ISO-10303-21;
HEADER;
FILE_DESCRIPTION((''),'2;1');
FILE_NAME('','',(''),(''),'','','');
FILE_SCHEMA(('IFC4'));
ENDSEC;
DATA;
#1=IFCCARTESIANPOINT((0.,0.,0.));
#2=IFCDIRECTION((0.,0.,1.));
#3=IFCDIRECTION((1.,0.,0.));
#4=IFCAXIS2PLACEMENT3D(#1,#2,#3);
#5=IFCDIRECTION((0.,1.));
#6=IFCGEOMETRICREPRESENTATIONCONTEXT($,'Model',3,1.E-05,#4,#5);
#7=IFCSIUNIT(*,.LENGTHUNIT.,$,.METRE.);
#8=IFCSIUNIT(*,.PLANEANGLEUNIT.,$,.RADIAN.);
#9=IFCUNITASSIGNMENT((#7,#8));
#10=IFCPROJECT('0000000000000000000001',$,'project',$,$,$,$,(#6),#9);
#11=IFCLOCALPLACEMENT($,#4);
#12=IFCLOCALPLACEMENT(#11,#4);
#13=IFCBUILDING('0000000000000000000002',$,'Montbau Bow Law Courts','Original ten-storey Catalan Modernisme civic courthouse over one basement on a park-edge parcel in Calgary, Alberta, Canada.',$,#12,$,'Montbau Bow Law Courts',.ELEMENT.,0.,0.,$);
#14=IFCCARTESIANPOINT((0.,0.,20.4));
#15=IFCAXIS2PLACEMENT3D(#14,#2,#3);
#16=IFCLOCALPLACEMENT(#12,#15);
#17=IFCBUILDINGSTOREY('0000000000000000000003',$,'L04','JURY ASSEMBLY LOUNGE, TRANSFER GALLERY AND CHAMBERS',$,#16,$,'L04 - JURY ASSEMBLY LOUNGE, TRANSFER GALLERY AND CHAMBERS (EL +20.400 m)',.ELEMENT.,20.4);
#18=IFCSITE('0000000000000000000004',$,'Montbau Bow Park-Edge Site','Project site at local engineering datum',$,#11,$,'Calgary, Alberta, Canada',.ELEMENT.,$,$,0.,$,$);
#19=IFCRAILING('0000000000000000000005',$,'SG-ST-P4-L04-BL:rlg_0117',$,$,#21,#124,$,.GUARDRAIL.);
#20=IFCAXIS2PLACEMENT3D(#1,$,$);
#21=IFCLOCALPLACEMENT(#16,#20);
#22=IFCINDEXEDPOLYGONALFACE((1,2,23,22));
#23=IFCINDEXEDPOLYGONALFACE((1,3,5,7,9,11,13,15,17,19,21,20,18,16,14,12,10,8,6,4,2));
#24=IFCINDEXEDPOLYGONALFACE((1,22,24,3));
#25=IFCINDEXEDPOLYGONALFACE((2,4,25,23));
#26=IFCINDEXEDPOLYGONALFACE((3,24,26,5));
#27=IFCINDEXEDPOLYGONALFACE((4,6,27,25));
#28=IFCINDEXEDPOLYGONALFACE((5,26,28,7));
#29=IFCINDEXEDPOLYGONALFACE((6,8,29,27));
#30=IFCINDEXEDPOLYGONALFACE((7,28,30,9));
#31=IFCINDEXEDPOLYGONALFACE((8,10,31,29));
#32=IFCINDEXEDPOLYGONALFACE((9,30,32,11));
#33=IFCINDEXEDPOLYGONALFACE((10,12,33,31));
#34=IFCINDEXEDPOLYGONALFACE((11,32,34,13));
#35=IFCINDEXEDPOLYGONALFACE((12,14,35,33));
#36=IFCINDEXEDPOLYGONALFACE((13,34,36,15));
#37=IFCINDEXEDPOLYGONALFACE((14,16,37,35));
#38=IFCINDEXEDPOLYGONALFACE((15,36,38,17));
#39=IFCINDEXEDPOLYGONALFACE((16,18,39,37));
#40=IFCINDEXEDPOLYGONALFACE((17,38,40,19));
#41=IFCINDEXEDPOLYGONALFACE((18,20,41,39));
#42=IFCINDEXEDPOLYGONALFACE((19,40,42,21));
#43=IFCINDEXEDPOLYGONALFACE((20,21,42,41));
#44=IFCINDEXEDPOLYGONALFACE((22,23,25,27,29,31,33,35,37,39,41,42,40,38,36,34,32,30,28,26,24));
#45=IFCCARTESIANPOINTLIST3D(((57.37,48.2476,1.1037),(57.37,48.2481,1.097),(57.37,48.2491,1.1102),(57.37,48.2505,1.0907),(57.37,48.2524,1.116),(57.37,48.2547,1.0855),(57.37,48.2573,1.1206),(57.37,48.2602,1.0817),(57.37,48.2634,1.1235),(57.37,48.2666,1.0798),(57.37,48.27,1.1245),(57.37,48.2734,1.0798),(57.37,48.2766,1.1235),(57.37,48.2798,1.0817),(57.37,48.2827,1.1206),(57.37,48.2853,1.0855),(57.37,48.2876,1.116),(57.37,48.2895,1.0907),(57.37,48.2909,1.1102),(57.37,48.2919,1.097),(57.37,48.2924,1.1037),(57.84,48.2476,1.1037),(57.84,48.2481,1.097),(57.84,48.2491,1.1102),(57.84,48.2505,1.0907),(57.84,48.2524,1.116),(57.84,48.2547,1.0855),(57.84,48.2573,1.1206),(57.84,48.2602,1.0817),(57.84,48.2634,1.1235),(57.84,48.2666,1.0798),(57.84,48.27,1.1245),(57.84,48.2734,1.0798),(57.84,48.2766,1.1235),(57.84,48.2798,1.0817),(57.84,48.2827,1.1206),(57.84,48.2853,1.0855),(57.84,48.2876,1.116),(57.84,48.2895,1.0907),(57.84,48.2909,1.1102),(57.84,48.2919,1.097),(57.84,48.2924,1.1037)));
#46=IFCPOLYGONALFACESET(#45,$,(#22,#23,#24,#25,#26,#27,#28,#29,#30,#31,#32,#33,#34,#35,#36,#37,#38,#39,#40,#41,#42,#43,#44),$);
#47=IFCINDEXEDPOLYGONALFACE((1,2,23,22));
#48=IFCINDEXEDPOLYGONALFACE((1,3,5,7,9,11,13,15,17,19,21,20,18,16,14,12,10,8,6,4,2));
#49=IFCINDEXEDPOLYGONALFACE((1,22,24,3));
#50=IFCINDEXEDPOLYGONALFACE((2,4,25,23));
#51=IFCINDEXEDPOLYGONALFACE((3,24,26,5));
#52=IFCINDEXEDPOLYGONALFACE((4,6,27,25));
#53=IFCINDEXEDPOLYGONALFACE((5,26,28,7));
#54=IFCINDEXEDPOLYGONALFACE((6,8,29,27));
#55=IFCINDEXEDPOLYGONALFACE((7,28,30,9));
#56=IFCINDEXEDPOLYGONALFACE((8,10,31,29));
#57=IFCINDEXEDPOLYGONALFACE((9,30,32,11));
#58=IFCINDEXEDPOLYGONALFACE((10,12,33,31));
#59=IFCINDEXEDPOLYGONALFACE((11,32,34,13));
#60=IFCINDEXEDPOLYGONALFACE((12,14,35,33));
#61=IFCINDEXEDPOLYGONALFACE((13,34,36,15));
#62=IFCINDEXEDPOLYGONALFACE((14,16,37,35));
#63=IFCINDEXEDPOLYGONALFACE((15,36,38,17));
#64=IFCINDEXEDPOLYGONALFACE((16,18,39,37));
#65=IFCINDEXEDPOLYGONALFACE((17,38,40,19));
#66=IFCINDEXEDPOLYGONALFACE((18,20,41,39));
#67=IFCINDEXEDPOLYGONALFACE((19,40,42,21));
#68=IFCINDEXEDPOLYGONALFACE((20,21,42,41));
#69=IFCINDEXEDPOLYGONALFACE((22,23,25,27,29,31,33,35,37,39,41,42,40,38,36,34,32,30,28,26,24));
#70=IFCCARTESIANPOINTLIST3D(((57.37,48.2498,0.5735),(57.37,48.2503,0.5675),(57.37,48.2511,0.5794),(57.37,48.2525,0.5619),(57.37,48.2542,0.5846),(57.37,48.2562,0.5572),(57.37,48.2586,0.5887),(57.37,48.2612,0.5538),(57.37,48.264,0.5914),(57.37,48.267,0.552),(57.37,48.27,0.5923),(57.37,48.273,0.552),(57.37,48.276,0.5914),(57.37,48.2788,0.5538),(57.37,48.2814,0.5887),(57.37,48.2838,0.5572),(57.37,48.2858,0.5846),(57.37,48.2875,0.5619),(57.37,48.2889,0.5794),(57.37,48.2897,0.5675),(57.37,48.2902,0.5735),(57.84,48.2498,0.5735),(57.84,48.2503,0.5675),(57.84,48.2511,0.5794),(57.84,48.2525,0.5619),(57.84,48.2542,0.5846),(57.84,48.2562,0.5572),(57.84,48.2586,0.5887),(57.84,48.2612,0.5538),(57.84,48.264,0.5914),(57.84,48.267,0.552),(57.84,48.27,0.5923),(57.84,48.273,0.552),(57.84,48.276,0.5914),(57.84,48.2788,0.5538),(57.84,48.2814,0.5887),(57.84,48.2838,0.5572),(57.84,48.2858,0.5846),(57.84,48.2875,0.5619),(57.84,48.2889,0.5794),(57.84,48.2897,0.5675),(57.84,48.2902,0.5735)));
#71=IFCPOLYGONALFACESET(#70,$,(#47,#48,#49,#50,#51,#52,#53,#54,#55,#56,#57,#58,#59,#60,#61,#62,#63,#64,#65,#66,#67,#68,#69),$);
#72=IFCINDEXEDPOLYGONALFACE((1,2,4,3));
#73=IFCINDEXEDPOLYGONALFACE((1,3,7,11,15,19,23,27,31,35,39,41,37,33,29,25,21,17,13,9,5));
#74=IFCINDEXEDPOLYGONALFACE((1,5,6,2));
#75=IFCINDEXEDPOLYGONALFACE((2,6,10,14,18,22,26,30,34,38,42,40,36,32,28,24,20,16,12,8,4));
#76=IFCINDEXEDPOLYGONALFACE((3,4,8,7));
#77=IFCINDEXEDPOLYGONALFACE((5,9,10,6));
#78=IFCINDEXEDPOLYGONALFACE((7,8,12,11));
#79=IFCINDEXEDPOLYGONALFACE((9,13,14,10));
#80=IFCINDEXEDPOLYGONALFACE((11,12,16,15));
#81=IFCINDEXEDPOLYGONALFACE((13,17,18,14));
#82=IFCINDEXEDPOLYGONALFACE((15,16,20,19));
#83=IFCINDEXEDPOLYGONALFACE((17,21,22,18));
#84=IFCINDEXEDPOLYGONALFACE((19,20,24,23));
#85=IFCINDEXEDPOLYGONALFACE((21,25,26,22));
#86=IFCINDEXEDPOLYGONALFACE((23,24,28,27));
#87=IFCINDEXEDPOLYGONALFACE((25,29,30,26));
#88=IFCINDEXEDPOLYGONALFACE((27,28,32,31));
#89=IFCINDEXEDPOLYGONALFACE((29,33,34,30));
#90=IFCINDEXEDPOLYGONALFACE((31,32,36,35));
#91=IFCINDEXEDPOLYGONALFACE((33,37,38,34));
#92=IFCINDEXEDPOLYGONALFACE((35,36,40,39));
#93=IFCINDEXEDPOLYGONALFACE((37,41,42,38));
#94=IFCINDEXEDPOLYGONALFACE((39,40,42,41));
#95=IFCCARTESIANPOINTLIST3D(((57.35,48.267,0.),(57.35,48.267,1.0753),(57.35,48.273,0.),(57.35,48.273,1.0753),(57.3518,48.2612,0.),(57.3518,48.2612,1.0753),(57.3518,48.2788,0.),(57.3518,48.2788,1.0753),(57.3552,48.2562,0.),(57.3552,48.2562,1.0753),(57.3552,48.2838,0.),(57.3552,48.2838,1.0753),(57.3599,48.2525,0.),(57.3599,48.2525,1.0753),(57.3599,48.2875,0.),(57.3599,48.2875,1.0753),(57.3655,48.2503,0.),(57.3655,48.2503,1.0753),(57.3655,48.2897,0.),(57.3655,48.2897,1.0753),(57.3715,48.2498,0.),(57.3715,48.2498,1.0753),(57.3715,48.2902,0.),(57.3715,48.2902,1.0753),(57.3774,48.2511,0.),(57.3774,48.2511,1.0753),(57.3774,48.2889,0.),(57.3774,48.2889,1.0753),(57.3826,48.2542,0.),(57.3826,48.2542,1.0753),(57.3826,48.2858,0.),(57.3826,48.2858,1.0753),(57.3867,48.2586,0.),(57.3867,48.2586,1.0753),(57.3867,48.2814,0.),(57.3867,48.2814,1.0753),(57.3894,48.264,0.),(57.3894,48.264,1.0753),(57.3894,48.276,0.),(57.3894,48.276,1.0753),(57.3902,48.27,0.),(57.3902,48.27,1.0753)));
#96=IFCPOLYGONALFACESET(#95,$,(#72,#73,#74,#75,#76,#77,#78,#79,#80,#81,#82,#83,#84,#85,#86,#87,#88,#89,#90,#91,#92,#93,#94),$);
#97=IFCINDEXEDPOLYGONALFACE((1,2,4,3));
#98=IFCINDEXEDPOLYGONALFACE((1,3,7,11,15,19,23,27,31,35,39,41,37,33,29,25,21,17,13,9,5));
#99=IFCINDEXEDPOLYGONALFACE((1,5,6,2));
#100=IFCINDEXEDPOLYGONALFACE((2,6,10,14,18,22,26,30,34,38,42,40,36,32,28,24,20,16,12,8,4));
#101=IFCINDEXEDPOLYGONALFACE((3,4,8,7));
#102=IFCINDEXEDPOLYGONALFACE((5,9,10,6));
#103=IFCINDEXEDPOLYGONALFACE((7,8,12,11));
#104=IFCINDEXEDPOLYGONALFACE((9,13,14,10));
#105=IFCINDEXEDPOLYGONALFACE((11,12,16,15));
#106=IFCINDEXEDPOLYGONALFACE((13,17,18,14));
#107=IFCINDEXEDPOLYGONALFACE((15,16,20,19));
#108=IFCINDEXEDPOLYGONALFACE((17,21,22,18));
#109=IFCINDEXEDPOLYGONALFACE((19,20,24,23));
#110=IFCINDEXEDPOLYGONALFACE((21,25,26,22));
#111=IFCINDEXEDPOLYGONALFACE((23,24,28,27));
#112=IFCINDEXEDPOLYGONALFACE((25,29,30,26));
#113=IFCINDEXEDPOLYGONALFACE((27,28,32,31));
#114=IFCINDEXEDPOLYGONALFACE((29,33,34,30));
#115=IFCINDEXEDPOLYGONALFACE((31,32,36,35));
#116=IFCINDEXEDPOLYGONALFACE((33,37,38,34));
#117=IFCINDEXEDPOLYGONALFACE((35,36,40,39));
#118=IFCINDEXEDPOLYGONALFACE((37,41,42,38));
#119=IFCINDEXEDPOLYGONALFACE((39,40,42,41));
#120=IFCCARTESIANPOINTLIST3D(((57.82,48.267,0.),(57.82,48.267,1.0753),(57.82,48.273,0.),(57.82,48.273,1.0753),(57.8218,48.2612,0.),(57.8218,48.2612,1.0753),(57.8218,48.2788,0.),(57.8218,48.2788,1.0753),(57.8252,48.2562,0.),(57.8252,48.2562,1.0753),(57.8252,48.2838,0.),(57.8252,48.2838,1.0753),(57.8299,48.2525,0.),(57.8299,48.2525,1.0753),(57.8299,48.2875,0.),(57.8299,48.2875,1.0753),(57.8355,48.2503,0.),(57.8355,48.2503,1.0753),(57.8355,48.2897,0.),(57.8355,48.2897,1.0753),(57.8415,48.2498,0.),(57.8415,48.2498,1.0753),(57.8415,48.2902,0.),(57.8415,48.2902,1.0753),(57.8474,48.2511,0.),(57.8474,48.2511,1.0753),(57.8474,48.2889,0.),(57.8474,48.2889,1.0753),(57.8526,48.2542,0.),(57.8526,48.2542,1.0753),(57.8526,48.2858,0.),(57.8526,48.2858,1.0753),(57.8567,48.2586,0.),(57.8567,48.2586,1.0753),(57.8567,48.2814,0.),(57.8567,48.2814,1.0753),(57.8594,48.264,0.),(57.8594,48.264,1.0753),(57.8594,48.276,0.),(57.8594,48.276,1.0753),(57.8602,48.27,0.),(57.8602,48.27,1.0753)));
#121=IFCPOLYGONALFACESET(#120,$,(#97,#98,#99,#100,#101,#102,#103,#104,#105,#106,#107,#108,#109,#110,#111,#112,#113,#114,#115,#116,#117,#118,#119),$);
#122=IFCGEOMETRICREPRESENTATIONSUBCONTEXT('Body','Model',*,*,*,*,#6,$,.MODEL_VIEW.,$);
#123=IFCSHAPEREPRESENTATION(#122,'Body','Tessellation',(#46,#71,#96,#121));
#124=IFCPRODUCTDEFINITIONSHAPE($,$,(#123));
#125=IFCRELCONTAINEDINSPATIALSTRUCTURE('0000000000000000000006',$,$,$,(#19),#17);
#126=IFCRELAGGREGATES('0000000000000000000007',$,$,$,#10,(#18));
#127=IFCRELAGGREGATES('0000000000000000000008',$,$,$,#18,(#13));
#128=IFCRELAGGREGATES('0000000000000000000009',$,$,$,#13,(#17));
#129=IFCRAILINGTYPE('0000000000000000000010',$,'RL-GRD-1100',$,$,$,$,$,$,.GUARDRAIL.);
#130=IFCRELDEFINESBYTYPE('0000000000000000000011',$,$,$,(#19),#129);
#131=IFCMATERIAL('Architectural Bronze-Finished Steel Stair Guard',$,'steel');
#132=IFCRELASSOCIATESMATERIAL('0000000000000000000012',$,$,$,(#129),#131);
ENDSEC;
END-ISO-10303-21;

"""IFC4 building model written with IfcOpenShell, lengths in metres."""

from ifc_helpers import new_model, si_unit, direction, frame, origin_with_axes, origin_2d_with_axis, place, context, subcontext, project, spatial, circle, extrude, material, type_object, element, save


model = new_model("IFC4")

# Units and contexts
model_context = context("Model", 3, precision=1e-05, world=origin_with_axes(), true_north=direction((0.0, 1.0)))
body_context = subcontext(model_context, "Body", "Model", "MODEL_VIEW")
ifc_project = project(units=[si_unit("LENGTHUNIT", "METRE"), si_unit("PLANEANGLEUNIT", "RADIAN")], contexts=[model_context])

# Site, building, storey
site_placement = place(None, origin_with_axes())
site = spatial("IfcSite", under=ifc_project, at=site_placement, Name="Montbau Bow Park-Edge Site", Description="Project site at local engineering datum", LongName="Calgary, Alberta, Canada", CompositionType="ELEMENT", RefElevation=0.0)
building_placement = place(site_placement, origin_with_axes())
building = spatial("IfcBuilding", under=site, at=building_placement, Name="Montbau Bow Law Courts", Description="Original ten-storey Catalan Modernisme civic courthouse over one basement on a park-edge parcel in Calgary, Alberta, Canada.", LongName="Montbau Bow Law Courts", CompositionType="ELEMENT", ElevationOfRefHeight=0.0, ElevationOfTerrain=0.0)
storey_placement = place(building_placement, frame((0.0, 0.0, 20.4), z_axis=(0.0, 0.0, 1.0), x_axis=(1.0, 0.0, 0.0)))
storey = spatial("IfcBuildingStorey", under=building, at=storey_placement, Name="L04", Description="JURY ASSEMBLY LOUNGE, TRANSFER GALLERY AND CHAMBERS", LongName="L04 - JURY ASSEMBLY LOUNGE, TRANSFER GALLERY AND CHAMBERS (EL +20.400 m)", CompositionType="ELEMENT", Elevation=20.4)

# Railing
ifc_material_1 = material(Name="Architectural Bronze-Finished Steel Stair Guard", Category="steel")
railing_type_1 = type_object("IfcRailingType", Name="RL-GRD-1100", PredefinedType="GUARDRAIL", material=ifc_material_1)
railing_1_placement = place(None, origin_with_axes())
element("IfcRailing", 1, at=railing_1_placement, inside=storey, type_object=railing_type_1, Name="SG-ST-P4-L04-BL:rlg_0117", PredefinedType="GUARDRAIL", context=body_context, shape_type="SweptSolid", body=[
    extrude(circle(Radius=0.0225, at=origin_2d_with_axis()), frame((57.37, 48.27, 21.502), z_axis=(1.0, 0.0, 0.0), x_axis=(0.0, 0.0, 1.0)), (0.0, 0.0, 1.0), 0.47),
    extrude(circle(Radius=0.0203, at=origin_2d_with_axis()), frame((57.37, 48.27, 20.972), z_axis=(1.0, 0.0, 0.0), x_axis=(0.0, 0.0, 1.0)), (0.0, 0.0, 1.0), 0.47),
    extrude(circle(Radius=0.0203, at=origin_2d_with_axis()), frame((57.37, 48.27, 20.4), z_axis=(0.0, 0.0, 1.0), x_axis=(1.0, 0.0, 0.0)), (0.0, 0.0, 1.0), 1.0753),
    extrude(circle(Radius=0.0203, at=origin_2d_with_axis()), frame((57.84, 48.27, 20.4), z_axis=(0.0, 0.0, 1.0), x_axis=(1.0, 0.0, 0.0)), (0.0, 0.0, 1.0), 1.0753),
])

save(model, "model.ifc")
